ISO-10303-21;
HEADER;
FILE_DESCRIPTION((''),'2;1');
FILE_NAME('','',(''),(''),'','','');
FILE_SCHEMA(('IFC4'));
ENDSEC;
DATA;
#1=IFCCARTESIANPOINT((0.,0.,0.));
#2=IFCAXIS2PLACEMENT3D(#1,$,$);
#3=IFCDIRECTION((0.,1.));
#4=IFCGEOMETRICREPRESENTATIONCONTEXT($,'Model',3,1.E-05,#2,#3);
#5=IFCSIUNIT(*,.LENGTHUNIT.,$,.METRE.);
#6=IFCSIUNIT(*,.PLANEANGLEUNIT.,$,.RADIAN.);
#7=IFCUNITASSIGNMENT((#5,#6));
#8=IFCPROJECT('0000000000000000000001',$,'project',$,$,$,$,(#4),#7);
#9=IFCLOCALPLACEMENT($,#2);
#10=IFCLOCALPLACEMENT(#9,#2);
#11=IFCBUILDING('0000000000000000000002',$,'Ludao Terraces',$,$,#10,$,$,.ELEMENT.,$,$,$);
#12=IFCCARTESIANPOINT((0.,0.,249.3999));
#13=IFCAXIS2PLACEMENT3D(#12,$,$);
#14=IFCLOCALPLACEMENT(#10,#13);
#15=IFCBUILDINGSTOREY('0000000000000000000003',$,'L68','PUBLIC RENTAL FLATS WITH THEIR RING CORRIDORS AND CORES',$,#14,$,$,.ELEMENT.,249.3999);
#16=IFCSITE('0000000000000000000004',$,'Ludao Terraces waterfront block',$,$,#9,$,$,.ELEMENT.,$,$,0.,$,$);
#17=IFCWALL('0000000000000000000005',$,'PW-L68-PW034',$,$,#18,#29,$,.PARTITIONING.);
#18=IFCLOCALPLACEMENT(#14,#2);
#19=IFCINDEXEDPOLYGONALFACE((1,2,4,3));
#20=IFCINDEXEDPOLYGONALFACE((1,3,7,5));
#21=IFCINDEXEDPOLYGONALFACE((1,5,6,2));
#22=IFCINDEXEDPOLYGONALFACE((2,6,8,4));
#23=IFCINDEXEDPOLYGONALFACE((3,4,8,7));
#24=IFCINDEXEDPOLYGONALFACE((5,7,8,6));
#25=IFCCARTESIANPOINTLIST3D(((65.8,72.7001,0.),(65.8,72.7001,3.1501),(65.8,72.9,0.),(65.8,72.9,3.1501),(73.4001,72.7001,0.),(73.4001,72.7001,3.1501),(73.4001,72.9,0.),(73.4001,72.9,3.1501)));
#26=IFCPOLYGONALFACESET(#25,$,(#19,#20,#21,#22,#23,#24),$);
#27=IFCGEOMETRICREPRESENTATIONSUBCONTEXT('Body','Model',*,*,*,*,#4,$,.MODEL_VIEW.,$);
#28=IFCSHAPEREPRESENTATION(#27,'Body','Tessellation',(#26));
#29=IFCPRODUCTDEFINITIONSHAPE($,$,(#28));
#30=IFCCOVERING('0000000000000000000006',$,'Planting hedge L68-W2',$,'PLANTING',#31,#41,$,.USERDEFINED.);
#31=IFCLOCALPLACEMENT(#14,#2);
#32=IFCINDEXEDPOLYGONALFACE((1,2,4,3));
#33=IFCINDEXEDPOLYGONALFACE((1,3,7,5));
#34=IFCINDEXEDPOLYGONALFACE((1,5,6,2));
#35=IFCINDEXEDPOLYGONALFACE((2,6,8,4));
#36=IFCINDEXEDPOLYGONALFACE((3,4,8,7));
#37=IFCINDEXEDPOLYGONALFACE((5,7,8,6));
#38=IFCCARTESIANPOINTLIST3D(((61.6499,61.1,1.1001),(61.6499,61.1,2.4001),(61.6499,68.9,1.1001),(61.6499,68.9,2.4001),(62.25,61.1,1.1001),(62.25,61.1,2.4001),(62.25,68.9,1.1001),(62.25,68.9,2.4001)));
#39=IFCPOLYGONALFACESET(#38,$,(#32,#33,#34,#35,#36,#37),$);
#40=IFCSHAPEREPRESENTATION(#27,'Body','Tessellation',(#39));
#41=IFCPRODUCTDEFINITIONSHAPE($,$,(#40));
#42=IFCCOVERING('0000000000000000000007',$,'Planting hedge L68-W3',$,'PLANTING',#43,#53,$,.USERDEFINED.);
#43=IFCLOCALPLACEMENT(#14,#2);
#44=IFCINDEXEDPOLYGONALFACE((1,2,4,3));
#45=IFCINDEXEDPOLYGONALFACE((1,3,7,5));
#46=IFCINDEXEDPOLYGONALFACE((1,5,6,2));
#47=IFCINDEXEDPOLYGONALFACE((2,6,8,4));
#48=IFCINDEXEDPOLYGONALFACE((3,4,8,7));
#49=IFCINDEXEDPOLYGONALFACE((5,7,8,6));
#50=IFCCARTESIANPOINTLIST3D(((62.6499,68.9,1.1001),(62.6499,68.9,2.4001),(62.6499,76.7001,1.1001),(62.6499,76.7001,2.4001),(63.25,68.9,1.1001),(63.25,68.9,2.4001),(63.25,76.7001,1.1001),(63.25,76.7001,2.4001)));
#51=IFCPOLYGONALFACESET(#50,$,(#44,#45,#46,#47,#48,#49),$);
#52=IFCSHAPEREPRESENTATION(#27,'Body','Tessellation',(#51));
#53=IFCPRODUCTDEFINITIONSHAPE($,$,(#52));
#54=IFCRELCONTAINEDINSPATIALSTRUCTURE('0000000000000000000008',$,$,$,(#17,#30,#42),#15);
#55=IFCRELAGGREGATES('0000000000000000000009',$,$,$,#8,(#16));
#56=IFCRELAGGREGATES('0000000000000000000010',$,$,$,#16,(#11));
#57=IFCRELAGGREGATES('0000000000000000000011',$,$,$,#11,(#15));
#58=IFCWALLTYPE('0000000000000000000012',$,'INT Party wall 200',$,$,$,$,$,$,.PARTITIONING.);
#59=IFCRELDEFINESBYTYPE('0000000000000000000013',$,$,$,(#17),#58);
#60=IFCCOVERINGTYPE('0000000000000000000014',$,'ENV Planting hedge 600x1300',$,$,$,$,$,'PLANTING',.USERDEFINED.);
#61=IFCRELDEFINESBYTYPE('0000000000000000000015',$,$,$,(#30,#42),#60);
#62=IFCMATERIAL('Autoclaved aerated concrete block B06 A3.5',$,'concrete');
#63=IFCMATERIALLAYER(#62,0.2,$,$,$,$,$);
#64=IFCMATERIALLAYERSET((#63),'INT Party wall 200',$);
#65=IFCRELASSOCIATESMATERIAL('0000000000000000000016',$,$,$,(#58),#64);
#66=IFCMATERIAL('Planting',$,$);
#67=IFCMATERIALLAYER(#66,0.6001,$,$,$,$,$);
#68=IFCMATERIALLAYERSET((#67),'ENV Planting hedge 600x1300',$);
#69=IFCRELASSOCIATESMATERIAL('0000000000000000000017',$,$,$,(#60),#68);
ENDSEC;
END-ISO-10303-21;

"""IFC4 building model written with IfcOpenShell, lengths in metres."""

from ifc_helpers import new_model, si_unit, direction, frame, frame_2d, origin, origin_2d, place, context, subcontext, project, spatial, rectangle, extrude, material, layer, layer_set, type_object, element, save


model = new_model("IFC4")

# Units and contexts
model_context = context("Model", 3, precision=1e-05, world=origin(), true_north=direction((0.0, 1.0)))
body_context = subcontext(model_context, "Body", "Model", "MODEL_VIEW")
ifc_project = project(units=[si_unit("LENGTHUNIT", "METRE"), si_unit("PLANEANGLEUNIT", "RADIAN")], contexts=[model_context])

# Site, building, storey
site_placement = place(None, origin())
site = spatial("IfcSite", under=ifc_project, at=site_placement, Name="Ludao Terraces waterfront block", CompositionType="ELEMENT", RefElevation=0.0)
building_placement = place(site_placement, origin())
building = spatial("IfcBuilding", under=site, at=building_placement, Name="Ludao Terraces", CompositionType="ELEMENT")
storey_placement = place(building_placement, frame((0.0, 0.0, 249.3999)))
storey = spatial("IfcBuildingStorey", under=building, at=storey_placement, Name="L68", Description="PUBLIC RENTAL FLATS WITH THEIR RING CORRIDORS AND CORES", CompositionType="ELEMENT", Elevation=249.3999)

# Wall
ifc_material_1 = material(Name="Autoclaved aerated concrete block B06 A3.5", Category="concrete")
ifc_layer_1 = layer(ifc_material_1, 0.2)
ifc_layer_set_1 = layer_set([ifc_layer_1], Name="INT Party wall 200")
wall_type_1 = type_object("IfcWallType", Name="INT Party wall 200", PredefinedType="PARTITIONING", material=ifc_layer_set_1)
for number, where, z_axis, x_axis, name in (
    (1, (65.8, 72.8, 0.0), (0.0, 0.0, 1.0), (1.0, 0.0, 0.0), "PW-L68-PW034"),
):
    element("IfcWall", number, at=place(storey_placement, frame(where, z_axis=z_axis, x_axis=x_axis)), inside=storey, type_object=wall_type_1, Name=name, PredefinedType="PARTITIONING", context=body_context, shape_type="SweptSolid", body=[
        extrude(rectangle(XDim=7.6001, YDim=0.2, at=frame_2d((3.8, 0.0))), origin(), (0.0, 0.0, 1.0), 3.1501),
    ])

# Coverings
ifc_material_2 = material(Name="Planting")
ifc_layer_2 = layer(ifc_material_2, 0.6001)
ifc_layer_set_2 = layer_set([ifc_layer_2], Name="ENV Planting hedge 600x1300")
covering_type = type_object("IfcCoveringType", Name="ENV Planting hedge 600x1300", ElementType="PLANTING", PredefinedType="USERDEFINED", material=ifc_layer_set_2)
for number, where, z_axis, x_axis, name in (
    (2, (61.95, 65.0, 1.1001), (0.0, 0.0, 1.0), (1.0, 0.0, 0.0), "Planting hedge L68-W2"),
    (3, (62.95, 72.8, 1.1001), (0.0, 0.0, 1.0), (1.0, 0.0, 0.0), "Planting hedge L68-W3"),
):
    element("IfcCovering", number, at=place(storey_placement, frame(where, z_axis=z_axis, x_axis=x_axis)), inside=storey, type_object=covering_type, Name=name, ObjectType="PLANTING", PredefinedType="USERDEFINED", context=body_context, shape_type="SweptSolid", body=[
        extrude(rectangle(XDim=0.6001, YDim=7.8, at=origin_2d()), origin(), (0.0, 0.0, 1.0), 1.3),
    ])

save(model, "model.ifc")
